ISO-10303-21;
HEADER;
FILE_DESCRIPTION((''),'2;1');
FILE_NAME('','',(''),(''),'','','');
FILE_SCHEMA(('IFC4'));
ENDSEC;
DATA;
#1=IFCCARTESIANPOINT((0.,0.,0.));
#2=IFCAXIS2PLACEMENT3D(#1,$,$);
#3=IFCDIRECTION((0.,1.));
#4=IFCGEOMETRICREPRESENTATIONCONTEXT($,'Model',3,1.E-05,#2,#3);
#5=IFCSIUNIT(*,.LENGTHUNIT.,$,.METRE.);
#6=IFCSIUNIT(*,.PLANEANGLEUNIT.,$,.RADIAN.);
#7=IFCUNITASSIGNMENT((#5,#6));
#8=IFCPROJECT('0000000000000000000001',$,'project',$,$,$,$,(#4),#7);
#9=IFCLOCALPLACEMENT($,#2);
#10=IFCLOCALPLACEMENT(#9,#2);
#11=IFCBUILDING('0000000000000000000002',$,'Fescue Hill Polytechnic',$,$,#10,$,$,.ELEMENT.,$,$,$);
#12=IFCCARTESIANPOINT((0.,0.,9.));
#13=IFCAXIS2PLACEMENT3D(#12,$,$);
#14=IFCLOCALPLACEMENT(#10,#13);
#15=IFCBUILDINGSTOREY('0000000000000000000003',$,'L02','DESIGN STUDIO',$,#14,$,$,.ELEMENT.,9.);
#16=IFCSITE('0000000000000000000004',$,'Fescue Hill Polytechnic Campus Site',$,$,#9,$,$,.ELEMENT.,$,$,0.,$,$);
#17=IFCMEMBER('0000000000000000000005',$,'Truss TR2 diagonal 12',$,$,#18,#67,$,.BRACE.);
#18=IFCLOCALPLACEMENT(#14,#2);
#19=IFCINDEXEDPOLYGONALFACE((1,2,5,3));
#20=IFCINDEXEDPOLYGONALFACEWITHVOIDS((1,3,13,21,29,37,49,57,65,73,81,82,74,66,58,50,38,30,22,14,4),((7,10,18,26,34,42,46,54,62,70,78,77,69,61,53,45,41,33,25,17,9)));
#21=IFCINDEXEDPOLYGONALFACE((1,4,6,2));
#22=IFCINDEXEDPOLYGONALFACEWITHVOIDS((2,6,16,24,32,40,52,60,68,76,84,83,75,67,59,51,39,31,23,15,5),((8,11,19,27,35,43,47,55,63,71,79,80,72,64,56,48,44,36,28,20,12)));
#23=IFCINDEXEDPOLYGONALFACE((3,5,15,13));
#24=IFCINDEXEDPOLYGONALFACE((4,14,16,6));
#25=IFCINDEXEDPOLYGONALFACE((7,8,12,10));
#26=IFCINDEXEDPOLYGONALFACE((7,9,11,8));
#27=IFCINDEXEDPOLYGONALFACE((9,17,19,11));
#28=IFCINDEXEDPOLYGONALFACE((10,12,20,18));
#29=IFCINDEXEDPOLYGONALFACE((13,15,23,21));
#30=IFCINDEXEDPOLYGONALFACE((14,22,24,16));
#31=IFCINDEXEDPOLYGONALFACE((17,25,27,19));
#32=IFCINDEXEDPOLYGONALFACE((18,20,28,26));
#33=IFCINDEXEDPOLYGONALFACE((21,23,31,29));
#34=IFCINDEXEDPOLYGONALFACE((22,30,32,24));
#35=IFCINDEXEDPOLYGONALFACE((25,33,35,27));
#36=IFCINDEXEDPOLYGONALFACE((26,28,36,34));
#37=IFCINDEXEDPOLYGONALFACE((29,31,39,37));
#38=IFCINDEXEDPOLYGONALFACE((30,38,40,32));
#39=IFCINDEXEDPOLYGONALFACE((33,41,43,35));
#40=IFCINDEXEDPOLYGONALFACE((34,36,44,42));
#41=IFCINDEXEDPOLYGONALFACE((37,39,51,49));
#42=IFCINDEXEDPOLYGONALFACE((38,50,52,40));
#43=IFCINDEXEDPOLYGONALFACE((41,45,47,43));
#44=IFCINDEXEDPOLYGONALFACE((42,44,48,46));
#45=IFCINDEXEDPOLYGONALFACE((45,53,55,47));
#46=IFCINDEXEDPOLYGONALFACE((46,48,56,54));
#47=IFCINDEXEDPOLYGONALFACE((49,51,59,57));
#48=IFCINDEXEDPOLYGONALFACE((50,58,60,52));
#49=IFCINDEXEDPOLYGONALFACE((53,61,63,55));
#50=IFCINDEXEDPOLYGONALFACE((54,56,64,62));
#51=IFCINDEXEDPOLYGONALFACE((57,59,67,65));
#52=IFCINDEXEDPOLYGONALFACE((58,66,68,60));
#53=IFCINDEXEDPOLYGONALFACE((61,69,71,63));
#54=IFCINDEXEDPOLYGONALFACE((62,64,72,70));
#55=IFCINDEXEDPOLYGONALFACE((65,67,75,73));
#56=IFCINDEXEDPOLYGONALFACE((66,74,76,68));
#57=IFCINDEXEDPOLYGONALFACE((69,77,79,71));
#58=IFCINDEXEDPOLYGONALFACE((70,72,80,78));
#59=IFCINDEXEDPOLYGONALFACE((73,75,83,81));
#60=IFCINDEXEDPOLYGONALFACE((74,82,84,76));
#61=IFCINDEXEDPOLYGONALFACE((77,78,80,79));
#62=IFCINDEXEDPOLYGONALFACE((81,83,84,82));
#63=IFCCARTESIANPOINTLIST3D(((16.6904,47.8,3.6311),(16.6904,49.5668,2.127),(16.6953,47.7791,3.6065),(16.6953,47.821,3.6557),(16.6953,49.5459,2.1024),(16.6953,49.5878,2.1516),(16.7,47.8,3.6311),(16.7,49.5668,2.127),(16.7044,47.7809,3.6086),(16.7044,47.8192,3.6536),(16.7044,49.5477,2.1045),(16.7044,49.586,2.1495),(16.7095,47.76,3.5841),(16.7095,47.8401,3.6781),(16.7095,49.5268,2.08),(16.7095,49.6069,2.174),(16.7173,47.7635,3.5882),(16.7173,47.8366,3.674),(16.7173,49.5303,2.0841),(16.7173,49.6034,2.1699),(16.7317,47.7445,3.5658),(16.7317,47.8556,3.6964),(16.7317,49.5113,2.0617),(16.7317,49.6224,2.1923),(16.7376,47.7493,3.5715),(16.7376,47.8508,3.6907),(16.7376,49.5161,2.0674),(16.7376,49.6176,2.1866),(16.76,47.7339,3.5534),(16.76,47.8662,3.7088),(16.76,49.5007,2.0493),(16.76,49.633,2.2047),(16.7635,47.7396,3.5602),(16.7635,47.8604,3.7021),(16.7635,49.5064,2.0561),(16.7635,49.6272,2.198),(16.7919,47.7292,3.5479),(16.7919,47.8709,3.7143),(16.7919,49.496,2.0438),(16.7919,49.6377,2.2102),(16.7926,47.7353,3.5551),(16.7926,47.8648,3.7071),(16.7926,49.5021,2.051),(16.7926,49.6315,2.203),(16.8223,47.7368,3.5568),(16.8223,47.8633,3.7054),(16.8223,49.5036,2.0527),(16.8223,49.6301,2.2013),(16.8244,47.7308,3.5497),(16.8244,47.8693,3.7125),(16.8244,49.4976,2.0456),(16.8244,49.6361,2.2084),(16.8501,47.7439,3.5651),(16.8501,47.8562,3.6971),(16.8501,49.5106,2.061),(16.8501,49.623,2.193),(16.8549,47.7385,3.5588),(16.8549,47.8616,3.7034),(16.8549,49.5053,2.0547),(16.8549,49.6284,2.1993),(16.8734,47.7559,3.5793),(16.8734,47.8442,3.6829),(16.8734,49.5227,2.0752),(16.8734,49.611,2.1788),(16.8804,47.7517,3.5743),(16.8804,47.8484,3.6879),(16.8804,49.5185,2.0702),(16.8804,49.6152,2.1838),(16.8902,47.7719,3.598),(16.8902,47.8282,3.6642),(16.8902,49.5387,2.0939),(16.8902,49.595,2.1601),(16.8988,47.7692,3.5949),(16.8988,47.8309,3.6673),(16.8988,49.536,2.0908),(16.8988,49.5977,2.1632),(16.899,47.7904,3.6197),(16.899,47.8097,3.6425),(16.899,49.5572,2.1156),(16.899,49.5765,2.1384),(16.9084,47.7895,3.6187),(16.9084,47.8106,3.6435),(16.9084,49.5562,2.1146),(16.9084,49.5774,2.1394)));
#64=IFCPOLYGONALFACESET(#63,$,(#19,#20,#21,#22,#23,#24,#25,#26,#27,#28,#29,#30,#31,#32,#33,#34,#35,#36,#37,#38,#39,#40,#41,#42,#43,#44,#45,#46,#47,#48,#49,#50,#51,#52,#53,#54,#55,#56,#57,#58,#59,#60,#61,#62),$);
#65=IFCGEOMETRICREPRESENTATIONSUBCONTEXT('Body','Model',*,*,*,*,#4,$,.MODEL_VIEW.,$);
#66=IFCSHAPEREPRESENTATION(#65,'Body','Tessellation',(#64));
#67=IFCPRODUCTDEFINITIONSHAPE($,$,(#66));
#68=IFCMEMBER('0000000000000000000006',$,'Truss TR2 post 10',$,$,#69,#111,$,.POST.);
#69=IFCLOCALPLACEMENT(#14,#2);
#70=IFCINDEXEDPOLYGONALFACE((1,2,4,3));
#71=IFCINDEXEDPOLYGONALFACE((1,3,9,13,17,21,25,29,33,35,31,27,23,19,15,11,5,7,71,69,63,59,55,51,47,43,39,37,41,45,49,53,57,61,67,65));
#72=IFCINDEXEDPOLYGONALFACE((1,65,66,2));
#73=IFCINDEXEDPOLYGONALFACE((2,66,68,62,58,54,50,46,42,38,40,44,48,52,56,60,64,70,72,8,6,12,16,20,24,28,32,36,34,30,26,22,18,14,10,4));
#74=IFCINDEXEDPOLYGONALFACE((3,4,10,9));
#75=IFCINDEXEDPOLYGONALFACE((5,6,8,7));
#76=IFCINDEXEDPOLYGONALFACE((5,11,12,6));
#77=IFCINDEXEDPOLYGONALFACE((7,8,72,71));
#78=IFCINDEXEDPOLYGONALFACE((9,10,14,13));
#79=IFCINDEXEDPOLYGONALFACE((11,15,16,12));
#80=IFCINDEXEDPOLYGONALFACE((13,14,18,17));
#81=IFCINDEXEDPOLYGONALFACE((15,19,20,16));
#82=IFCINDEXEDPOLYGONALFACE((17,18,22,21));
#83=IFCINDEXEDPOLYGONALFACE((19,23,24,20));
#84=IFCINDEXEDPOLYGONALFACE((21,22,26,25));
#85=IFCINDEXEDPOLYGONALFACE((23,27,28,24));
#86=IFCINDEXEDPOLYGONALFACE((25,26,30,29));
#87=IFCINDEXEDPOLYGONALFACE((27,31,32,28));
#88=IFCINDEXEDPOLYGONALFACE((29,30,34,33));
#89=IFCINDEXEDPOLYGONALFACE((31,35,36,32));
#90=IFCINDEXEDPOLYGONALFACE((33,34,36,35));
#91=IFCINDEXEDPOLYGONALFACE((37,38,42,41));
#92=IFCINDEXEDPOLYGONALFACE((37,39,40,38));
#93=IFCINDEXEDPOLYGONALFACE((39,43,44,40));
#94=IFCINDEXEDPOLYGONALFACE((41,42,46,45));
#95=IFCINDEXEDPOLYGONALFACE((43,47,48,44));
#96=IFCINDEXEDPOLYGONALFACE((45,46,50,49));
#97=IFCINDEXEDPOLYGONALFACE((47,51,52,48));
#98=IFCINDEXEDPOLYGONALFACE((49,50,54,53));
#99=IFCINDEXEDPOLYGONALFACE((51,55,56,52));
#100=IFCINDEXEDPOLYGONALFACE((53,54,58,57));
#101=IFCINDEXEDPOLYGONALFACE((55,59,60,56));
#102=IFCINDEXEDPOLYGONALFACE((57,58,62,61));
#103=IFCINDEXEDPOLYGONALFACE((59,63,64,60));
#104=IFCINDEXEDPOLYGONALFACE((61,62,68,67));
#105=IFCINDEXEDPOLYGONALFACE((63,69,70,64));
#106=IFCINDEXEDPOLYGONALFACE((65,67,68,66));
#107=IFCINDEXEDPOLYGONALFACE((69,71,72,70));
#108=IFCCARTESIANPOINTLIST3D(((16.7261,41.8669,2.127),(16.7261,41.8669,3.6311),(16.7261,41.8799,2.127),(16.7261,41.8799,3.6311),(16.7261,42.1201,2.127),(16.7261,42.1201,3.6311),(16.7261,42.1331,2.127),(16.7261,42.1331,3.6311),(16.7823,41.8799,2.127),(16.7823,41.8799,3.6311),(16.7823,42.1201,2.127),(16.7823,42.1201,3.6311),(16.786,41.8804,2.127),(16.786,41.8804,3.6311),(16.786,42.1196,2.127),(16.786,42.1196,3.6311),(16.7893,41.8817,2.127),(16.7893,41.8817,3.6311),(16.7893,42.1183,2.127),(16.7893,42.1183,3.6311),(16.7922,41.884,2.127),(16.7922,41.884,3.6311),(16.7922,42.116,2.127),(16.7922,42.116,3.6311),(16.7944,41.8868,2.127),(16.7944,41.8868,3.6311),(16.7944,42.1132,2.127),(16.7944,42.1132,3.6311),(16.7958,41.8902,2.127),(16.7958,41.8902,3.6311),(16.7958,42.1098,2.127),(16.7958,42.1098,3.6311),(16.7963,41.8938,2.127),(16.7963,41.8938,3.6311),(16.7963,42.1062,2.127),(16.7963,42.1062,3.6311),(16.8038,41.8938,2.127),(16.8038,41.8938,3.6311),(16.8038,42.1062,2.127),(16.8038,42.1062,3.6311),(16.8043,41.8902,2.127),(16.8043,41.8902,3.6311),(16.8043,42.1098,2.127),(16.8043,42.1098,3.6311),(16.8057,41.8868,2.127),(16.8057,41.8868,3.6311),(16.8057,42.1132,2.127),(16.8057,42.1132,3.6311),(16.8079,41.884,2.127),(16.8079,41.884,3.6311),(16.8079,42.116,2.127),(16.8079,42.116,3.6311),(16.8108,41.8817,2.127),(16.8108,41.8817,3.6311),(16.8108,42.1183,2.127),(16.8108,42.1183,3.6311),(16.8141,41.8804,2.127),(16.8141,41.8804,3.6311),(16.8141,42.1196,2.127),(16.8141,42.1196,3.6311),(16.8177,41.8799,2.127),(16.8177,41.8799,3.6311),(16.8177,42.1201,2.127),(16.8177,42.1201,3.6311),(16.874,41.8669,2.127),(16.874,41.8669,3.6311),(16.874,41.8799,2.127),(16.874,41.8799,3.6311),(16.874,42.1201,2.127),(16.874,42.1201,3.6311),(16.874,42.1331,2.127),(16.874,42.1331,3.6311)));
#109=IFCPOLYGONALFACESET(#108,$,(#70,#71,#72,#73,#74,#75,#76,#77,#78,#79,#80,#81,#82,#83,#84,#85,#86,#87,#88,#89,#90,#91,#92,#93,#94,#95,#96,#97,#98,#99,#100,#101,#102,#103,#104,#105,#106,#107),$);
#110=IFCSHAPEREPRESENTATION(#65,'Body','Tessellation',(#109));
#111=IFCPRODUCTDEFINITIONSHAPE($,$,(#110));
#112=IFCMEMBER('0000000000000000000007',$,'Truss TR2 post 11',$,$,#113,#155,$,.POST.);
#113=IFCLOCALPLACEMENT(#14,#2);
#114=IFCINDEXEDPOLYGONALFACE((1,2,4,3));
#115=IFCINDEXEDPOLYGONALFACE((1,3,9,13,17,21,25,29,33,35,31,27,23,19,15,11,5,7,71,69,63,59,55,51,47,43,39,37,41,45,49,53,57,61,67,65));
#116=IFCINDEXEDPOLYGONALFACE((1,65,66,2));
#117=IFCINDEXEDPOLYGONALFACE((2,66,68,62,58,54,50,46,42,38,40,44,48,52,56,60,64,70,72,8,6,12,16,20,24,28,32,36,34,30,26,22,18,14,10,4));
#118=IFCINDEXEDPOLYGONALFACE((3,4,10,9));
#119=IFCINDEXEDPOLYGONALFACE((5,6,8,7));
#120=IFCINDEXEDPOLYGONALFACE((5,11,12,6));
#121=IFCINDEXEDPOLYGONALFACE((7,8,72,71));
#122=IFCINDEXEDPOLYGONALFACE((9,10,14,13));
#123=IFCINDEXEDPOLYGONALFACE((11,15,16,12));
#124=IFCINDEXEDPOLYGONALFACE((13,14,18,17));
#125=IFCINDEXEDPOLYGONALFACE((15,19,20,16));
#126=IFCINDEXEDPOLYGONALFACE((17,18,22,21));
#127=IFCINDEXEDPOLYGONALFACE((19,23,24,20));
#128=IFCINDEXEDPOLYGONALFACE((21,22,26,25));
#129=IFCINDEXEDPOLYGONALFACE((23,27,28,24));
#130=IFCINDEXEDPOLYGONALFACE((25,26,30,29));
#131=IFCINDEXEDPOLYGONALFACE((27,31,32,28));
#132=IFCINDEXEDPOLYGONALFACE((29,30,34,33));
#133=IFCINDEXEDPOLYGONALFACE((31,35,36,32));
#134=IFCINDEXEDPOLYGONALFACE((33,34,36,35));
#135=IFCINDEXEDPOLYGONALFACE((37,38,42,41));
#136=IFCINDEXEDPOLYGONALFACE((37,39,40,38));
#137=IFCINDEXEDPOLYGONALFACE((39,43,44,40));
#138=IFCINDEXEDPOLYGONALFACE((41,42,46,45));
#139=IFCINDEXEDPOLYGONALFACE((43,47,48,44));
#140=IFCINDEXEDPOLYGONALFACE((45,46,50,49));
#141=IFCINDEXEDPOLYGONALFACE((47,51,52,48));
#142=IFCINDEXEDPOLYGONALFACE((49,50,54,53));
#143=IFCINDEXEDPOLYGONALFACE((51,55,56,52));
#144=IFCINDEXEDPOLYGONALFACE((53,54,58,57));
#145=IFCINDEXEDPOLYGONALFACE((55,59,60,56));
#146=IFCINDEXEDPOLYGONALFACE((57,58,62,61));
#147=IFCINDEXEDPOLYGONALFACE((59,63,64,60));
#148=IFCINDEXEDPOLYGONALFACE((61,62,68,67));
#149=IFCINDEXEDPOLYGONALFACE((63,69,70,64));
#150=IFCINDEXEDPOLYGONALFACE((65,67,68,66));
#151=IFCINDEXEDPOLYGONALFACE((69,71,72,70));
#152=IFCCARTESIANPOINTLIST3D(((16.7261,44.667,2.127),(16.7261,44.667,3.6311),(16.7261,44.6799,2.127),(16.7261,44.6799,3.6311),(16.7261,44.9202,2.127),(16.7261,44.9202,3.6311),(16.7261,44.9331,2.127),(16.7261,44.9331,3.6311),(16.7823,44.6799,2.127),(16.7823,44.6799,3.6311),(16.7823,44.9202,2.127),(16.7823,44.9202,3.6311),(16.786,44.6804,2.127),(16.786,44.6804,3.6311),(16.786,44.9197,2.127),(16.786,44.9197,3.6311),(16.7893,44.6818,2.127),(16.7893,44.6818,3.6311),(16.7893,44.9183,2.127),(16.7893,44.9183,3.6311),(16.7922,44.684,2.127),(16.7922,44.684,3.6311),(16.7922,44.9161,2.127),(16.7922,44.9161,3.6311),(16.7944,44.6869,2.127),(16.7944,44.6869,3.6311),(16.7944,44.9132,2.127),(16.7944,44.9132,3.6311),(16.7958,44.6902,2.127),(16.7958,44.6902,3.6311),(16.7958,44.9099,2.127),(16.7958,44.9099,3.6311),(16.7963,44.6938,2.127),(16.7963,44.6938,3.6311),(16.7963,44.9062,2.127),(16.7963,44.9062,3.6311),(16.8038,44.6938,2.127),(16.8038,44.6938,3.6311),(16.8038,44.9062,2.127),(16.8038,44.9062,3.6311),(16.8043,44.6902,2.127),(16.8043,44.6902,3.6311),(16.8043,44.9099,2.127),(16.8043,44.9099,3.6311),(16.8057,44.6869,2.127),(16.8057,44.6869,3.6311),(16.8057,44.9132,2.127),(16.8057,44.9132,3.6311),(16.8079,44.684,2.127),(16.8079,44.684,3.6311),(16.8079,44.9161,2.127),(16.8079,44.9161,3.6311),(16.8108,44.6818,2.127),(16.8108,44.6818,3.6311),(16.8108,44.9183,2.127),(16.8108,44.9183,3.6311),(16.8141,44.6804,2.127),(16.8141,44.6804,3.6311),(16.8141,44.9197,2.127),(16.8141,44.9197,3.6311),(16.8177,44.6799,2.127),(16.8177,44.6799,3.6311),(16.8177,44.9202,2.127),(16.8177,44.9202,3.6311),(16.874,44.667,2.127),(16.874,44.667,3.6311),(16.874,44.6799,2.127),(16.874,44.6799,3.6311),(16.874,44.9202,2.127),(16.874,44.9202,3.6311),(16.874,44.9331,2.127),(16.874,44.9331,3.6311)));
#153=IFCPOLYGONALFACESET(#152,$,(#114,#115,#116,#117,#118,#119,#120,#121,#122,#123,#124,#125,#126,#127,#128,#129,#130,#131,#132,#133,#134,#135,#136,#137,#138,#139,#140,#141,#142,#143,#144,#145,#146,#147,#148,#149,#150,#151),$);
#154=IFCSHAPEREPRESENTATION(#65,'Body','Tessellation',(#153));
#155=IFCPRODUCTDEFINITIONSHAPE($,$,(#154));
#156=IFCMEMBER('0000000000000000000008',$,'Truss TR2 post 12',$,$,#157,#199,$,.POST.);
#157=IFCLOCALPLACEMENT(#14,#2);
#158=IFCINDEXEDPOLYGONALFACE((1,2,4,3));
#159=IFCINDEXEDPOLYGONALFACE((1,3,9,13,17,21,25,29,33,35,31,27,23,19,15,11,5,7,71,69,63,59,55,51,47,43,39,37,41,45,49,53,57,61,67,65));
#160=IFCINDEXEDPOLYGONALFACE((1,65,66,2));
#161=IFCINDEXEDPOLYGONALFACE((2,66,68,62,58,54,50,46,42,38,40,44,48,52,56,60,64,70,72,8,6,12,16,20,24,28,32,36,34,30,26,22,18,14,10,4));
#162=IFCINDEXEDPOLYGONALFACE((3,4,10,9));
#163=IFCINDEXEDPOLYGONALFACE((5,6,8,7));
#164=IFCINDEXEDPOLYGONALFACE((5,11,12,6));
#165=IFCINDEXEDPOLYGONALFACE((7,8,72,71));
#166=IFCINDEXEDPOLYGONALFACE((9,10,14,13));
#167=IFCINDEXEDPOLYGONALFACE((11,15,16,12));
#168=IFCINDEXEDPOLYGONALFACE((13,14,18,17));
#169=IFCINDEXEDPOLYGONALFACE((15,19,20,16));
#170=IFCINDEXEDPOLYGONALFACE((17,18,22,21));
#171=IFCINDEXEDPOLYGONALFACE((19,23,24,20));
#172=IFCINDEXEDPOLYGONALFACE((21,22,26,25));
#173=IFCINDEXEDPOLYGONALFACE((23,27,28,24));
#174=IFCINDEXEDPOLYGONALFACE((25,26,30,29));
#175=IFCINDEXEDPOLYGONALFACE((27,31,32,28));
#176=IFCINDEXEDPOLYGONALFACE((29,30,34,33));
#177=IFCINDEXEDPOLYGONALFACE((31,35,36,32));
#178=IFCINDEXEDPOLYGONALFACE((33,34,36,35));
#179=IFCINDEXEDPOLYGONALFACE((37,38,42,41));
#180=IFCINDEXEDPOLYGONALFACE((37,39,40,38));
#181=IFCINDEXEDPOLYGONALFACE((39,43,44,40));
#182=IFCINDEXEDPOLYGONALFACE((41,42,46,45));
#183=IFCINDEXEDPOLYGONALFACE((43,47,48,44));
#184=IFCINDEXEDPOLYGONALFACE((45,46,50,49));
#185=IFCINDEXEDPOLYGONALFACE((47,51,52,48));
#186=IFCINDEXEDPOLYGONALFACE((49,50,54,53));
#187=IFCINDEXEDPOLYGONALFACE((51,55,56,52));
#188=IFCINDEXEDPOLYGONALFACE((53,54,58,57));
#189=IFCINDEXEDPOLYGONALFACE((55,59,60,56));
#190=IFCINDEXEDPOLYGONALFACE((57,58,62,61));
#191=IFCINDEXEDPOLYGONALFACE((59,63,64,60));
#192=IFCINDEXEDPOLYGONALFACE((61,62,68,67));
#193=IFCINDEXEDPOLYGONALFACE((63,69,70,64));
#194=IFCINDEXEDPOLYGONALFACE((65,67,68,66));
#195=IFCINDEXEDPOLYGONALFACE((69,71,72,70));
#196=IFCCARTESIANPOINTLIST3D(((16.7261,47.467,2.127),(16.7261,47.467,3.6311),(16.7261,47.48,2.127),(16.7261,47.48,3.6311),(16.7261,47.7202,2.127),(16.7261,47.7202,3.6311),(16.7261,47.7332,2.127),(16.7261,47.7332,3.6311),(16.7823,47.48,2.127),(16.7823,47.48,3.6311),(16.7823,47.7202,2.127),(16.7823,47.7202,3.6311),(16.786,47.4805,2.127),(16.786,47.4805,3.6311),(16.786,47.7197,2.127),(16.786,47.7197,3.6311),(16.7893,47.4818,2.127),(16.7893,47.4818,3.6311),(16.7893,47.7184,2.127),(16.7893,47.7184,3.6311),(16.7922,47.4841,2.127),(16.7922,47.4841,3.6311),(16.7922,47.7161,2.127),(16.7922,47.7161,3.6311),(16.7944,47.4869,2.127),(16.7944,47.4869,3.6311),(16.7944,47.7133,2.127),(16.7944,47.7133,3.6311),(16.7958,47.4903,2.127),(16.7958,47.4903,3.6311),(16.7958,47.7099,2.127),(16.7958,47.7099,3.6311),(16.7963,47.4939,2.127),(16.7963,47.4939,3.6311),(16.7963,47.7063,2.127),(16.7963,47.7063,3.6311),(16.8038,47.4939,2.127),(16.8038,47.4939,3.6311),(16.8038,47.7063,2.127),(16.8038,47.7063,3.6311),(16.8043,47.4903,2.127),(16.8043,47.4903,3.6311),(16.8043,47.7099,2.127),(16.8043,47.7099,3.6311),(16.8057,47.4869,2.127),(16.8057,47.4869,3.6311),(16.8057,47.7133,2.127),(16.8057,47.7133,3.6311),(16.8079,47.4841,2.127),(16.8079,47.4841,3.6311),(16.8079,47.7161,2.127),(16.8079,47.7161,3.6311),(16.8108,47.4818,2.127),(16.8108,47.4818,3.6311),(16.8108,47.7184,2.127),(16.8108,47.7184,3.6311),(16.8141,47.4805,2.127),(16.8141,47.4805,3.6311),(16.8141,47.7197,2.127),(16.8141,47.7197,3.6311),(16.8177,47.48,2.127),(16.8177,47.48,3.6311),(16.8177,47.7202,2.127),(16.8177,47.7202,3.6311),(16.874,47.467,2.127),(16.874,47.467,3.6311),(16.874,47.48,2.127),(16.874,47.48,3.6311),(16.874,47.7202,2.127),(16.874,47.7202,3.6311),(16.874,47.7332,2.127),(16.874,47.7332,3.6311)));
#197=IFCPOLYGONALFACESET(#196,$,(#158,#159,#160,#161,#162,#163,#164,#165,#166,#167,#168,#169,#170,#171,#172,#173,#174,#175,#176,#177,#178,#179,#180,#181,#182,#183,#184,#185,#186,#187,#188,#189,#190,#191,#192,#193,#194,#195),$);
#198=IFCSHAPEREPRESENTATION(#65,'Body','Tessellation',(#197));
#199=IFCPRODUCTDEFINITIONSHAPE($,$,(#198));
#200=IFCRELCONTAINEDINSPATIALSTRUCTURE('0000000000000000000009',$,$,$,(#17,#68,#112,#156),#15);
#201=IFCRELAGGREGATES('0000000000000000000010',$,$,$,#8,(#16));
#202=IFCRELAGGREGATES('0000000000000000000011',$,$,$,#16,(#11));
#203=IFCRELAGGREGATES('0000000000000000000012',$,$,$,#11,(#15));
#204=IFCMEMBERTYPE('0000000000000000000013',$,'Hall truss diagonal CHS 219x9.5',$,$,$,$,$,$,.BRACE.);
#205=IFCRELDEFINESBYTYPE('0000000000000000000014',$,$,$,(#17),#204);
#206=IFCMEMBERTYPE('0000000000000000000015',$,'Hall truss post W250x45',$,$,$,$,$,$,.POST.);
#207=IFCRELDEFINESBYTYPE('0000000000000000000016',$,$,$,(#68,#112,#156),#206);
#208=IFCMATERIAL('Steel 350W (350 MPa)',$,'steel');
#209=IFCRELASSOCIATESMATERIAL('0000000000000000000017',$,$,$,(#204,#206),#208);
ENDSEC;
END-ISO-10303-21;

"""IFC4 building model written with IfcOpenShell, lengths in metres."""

from ifc_helpers import new_model, si_unit, direction, frame, origin, origin_2d, place, context, subcontext, project, spatial, hollow_circle, i_section, extrude, material, material_profile, profile_set, type_object, element, save


model = new_model("IFC4")

# Units and contexts
model_context = context("Model", 3, precision=1e-05, world=origin(), true_north=direction((0.0, 1.0)))
body_context = subcontext(model_context, "Body", "Model", "MODEL_VIEW")
ifc_project = project(units=[si_unit("LENGTHUNIT", "METRE"), si_unit("PLANEANGLEUNIT", "RADIAN")], contexts=[model_context])

# Site, building, storey
site_placement = place(None, origin())
site = spatial("IfcSite", under=ifc_project, at=site_placement, Name="Fescue Hill Polytechnic Campus Site", CompositionType="ELEMENT", RefElevation=0.0)
building_placement = place(site_placement, origin())
building = spatial("IfcBuilding", under=site, at=building_placement, Name="Fescue Hill Polytechnic", CompositionType="ELEMENT")
storey_placement = place(building_placement, frame((0.0, 0.0, 9.0)))
storey = spatial("IfcBuildingStorey", under=building, at=storey_placement, Name="L02", Description="DESIGN STUDIO", CompositionType="ELEMENT", Elevation=9.0)

# Members
ifc_material_1 = material(Name="Steel 350W (350 MPa)", Category="steel")
ifc_material_profile_1 = material_profile(ifc_material_1, hollow_circle(Radius=0.1096, WallThickness=0.0095, at=origin_2d()), Name="Hall truss diagonal CHS 219x9.5")
ifc_profile_set_1 = profile_set([ifc_material_profile_1], Name="Steel 350W (350 MPa)")
member_type_1 = type_object("IfcMemberType", Name="Hall truss diagonal CHS 219x9.5", PredefinedType="BRACE", material=ifc_profile_set_1)
member_1_placement = place(storey_placement, frame((16.8, 47.8, 3.6311), z_axis=(0.0, 0.761443, -0.648232), x_axis=(-1.0, 0.0, 0.0)))
element("IfcMember", 1, at=member_1_placement, inside=storey, type_object=member_type_1, Name="Truss TR2 diagonal 12", PredefinedType="BRACE", context=body_context, shape_type="SweptSolid", body=[
    extrude(hollow_circle(Radius=0.1096, WallThickness=0.0095, at=origin_2d()), origin(), (0.0, 0.0, 1.0), 2.3203),
])
ifc_material_profile_2 = material_profile(ifc_material_1, i_section(OverallWidth=0.1479, OverallDepth=0.2661, WebThickness=0.0076, FlangeThickness=0.0129, FilletRadius=0.0139, at=origin_2d()), Name="W250x45")
ifc_profile_set_2 = profile_set([ifc_material_profile_2], Name="Steel 350W (350 MPa)")
member_type_2 = type_object("IfcMemberType", Name="Hall truss post W250x45", PredefinedType="POST", material=ifc_profile_set_2)
for number, where, z_axis, x_axis, name in (
    (2, (16.8, 42.0, 2.127), (0.0, 0.0, 1.0), (1.0, 0.0, 0.0), "Truss TR2 post 10"),
    (3, (16.8, 44.8, 2.127), (0.0, 0.0, 1.0), (1.0, 0.0, 0.0), "Truss TR2 post 11"),
    (4, (16.8, 47.6001, 2.127), (0.0, 0.0, 1.0), (1.0, 0.0, 0.0), "Truss TR2 post 12"),
):
    element("IfcMember", number, at=place(storey_placement, frame(where, z_axis=z_axis, x_axis=x_axis)), inside=storey, type_object=member_type_2, Name=name, PredefinedType="POST", context=body_context, shape_type="SweptSolid", body=[
        extrude(i_section(OverallWidth=0.1479, OverallDepth=0.2661, WebThickness=0.0076, FlangeThickness=0.0129, FilletRadius=0.0139, at=origin_2d()), origin(), (0.0, 0.0, 1.0), 1.5042),
    ])

save(model, "model.ifc")
